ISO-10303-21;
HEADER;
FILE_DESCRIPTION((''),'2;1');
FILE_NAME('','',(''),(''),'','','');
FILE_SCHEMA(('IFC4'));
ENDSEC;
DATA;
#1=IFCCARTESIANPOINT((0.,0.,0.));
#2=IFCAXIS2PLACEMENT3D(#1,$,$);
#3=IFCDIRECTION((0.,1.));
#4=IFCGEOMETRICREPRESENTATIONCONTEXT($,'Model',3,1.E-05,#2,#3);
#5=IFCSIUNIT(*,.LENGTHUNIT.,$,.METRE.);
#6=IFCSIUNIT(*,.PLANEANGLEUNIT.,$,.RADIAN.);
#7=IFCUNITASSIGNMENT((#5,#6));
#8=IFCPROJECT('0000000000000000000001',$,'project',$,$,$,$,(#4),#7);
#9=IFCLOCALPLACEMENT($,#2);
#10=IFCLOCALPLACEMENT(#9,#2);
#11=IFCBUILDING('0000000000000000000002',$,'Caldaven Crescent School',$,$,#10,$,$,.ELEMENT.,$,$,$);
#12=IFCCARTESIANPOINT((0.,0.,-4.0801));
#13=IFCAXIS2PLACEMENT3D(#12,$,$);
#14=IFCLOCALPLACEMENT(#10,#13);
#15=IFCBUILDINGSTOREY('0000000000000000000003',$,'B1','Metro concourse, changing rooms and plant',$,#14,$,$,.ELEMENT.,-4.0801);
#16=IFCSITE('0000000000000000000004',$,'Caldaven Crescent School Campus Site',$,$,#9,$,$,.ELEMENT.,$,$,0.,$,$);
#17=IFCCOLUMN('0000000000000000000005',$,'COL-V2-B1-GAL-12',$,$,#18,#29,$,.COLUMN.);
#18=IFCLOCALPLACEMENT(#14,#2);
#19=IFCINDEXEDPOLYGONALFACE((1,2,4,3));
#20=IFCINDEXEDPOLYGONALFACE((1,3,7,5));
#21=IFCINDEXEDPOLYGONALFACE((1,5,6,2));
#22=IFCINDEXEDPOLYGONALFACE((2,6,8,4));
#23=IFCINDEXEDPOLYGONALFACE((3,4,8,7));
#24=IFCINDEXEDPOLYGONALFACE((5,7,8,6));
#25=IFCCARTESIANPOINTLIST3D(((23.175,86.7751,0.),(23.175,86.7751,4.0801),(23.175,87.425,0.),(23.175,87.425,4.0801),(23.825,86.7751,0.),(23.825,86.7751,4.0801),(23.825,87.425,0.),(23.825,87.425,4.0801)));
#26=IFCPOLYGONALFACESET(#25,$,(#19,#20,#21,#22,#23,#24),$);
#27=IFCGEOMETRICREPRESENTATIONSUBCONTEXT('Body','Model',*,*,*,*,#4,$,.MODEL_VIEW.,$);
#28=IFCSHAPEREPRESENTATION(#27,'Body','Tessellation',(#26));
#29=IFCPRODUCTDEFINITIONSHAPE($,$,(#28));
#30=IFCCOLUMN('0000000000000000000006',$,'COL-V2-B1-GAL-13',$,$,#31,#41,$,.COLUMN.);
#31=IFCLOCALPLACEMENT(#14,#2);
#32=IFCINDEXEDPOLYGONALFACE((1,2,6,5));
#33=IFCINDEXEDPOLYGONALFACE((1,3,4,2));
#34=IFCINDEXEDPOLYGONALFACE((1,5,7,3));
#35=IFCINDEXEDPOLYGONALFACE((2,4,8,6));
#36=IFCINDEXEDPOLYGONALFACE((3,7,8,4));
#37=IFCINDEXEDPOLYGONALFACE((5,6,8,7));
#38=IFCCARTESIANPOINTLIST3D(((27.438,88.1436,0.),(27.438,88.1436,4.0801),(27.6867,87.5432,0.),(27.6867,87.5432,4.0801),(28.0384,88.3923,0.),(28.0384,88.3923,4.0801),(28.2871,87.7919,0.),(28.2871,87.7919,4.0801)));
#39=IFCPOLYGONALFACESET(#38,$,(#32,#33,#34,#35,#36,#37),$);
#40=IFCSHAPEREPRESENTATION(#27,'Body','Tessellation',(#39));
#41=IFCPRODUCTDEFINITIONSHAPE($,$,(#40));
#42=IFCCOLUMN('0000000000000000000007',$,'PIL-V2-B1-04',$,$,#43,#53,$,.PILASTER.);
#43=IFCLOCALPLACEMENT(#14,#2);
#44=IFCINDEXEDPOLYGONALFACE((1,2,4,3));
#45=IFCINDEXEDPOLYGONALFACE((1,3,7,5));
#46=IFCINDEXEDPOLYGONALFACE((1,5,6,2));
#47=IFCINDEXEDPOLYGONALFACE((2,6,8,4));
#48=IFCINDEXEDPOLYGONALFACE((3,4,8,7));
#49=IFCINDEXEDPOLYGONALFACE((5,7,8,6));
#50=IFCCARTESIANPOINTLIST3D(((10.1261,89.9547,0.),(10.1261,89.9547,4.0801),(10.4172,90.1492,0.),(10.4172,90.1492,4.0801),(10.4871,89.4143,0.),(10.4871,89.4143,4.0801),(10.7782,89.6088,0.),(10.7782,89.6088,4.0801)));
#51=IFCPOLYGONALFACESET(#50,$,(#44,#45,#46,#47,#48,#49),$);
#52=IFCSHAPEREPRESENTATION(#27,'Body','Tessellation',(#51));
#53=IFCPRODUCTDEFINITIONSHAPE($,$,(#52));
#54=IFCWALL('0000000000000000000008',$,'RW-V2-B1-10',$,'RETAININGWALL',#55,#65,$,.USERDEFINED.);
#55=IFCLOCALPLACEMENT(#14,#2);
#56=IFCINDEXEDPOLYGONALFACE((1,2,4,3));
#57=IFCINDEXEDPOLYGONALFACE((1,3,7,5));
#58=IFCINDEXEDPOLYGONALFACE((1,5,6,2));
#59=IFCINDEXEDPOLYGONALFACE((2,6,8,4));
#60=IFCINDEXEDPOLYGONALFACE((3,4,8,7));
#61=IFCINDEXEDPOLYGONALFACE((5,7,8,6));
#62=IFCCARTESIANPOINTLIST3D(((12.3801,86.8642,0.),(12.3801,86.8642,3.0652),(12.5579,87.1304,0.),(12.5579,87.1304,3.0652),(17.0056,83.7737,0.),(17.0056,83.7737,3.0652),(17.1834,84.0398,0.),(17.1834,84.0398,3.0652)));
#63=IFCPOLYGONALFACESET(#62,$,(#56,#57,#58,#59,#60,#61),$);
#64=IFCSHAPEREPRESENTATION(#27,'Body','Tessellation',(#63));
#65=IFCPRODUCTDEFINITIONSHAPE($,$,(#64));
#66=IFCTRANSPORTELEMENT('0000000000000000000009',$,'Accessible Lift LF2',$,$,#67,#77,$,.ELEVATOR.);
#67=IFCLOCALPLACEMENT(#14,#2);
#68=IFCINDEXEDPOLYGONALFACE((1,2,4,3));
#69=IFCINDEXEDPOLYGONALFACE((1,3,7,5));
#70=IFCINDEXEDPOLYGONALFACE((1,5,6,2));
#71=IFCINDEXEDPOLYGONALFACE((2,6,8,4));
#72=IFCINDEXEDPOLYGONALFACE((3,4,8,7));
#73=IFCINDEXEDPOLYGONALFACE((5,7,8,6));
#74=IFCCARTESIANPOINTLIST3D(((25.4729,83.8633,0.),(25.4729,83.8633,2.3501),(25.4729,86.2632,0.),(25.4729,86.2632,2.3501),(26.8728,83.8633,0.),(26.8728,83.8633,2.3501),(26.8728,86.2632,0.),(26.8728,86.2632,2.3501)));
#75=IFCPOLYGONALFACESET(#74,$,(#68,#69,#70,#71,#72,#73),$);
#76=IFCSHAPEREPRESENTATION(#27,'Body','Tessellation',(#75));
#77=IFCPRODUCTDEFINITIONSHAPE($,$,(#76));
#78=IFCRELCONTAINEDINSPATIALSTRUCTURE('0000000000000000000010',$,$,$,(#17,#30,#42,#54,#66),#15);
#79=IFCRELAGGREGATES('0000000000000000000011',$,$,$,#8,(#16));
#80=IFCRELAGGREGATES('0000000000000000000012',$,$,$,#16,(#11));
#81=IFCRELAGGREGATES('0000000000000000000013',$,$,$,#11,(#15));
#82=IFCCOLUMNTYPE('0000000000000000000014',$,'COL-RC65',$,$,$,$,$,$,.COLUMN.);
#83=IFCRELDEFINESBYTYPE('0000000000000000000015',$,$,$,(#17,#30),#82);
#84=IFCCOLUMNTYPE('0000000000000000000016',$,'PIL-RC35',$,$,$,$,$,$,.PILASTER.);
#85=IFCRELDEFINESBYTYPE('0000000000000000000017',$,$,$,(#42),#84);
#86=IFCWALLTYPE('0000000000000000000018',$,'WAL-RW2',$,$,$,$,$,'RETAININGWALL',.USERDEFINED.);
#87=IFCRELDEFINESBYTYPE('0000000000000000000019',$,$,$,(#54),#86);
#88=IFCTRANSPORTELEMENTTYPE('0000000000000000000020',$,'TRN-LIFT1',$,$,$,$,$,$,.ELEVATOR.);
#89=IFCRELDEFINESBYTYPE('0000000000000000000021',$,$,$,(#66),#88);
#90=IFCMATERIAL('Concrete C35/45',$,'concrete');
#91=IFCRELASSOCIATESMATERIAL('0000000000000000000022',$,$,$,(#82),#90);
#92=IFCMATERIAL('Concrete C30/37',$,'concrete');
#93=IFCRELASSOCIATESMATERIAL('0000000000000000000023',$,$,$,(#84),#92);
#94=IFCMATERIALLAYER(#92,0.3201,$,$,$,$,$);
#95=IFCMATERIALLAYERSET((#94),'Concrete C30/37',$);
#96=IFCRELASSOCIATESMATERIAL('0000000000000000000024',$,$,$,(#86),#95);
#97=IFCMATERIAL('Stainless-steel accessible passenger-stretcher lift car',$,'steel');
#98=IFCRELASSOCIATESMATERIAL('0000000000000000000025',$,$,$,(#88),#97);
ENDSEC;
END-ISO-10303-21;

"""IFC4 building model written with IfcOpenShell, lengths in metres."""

from ifc_helpers import new_model, si_unit, direction, frame, frame_2d, origin, origin_2d, place, context, subcontext, project, spatial, rectangle, extrude, material, layer, layer_set, material_profile, profile_set, type_object, element, save


model = new_model("IFC4")

# Units and contexts
model_context = context("Model", 3, precision=1e-05, world=origin(), true_north=direction((0.0, 1.0)))
body_context = subcontext(model_context, "Body", "Model", "MODEL_VIEW")
ifc_project = project(units=[si_unit("LENGTHUNIT", "METRE"), si_unit("PLANEANGLEUNIT", "RADIAN")], contexts=[model_context])

# Site, building, storey
site_placement = place(None, origin())
site = spatial("IfcSite", under=ifc_project, at=site_placement, Name="Caldaven Crescent School Campus Site", CompositionType="ELEMENT", RefElevation=0.0)
building_placement = place(site_placement, origin())
building = spatial("IfcBuilding", under=site, at=building_placement, Name="Caldaven Crescent School", CompositionType="ELEMENT")
storey_placement = place(building_placement, frame((0.0, 0.0, -4.0801)))
storey = spatial("IfcBuildingStorey", under=building, at=storey_placement, Name="B1", Description="Metro concourse, changing rooms and plant", CompositionType="ELEMENT", Elevation=-4.0801)

# Shared definitions
ifc_material_1 = material(Name="Concrete C30/37", Category="concrete")
ifc_material_2 = material(Name="Concrete C35/45", Category="concrete")

# Columns
ifc_material_profile_1 = material_profile(ifc_material_2, rectangle(XDim=0.6499, YDim=0.6499, at=origin_2d()), Name="RC 650x650")
ifc_profile_set_1 = profile_set([ifc_material_profile_1], Name="Concrete C35/45")
column_type_1 = type_object("IfcColumnType", Name="COL-RC65", PredefinedType="COLUMN", material=ifc_profile_set_1)
for number, where, z_axis, x_axis, name in (
    (1, (23.5, 87.1001, 0.0), (0.0, 0.0, 1.0), (0.0, -1.0, 0.0), "COL-V2-B1-GAL-12"),
    (2, (27.8625, 87.9678, 0.0), (0.0, 0.0, 1.0), (0.382683, -0.92388, 0.0), "COL-V2-B1-GAL-13"),
):
    element("IfcColumn", number, at=place(storey_placement, frame(where, z_axis=z_axis, x_axis=x_axis)), inside=storey, type_object=column_type_1, Name=name, PredefinedType="COLUMN", context=body_context, shape_type="SweptSolid", body=[
        extrude(rectangle(XDim=0.6499, YDim=0.6499, at=origin_2d()), origin(), (0.0, 0.0, 1.0), 4.0801),
    ])
ifc_material_profile_2 = material_profile(ifc_material_1, rectangle(XDim=0.3501, YDim=0.6499, at=origin_2d()), Name="RC 350x650")
ifc_profile_set_2 = profile_set([ifc_material_profile_2], Name="Concrete C30/37")
column_type_2 = type_object("IfcColumnType", Name="PIL-RC35", PredefinedType="PILASTER", material=ifc_profile_set_2)
column_placement = place(storey_placement, frame((10.4521, 89.7817, 0.0), z_axis=(0.0, 0.0, 1.0), x_axis=(-0.83147, -0.55557, 0.0)))
element("IfcColumn", 3, at=column_placement, inside=storey, type_object=column_type_2, Name="PIL-V2-B1-04", PredefinedType="PILASTER", context=body_context, shape_type="SweptSolid", body=[
    extrude(rectangle(XDim=0.3501, YDim=0.6499, at=origin_2d()), origin(), (0.0, 0.0, 1.0), 4.0801),
])

# Wall
ifc_layer_1 = layer(ifc_material_1, 0.3201)
ifc_layer_set_1 = layer_set([ifc_layer_1], Name="Concrete C30/37")
wall_type_1 = type_object("IfcWallType", Name="WAL-RW2", ElementType="RETAININGWALL", PredefinedType="USERDEFINED", material=ifc_layer_set_1)
wall_1_placement = place(storey_placement, frame((12.469, 86.9973, 0.0), z_axis=(0.0, 0.0, 1.0), x_axis=(0.831476, -0.555561, 0.0)))
element("IfcWall", 4, at=wall_1_placement, inside=storey, type_object=wall_type_1, Name="RW-V2-B1-10", ObjectType="RETAININGWALL", PredefinedType="USERDEFINED", context=body_context, shape_type="SweptSolid", body=[
    extrude(rectangle(XDim=5.563, YDim=0.3201, at=frame_2d((2.7815, 0.0))), origin(), (0.0, 0.0, 1.0), 3.0652),
])

# Transport element
ifc_material_3 = material(Name="Stainless-steel accessible passenger-stretcher lift car", Category="steel")
transport_element_type = type_object("IfcTransportElementType", Name="TRN-LIFT1", PredefinedType="ELEVATOR", material=ifc_material_3)
transport_element_placement = place(storey_placement, frame((26.1729, 85.0632, 0.0), z_axis=(0.0, 0.0, 1.0), x_axis=(1.0, 0.0, 0.0)))
element("IfcTransportElement", 5, at=transport_element_placement, inside=storey, type_object=transport_element_type, Name="Accessible Lift LF2", PredefinedType="ELEVATOR", context=body_context, shape_type="SweptSolid", body=[
    extrude(rectangle(XDim=1.3999, YDim=2.3999, at=origin_2d()), origin(), (0.0, 0.0, 1.0), 2.3501),
])

save(model, "model.ifc")
